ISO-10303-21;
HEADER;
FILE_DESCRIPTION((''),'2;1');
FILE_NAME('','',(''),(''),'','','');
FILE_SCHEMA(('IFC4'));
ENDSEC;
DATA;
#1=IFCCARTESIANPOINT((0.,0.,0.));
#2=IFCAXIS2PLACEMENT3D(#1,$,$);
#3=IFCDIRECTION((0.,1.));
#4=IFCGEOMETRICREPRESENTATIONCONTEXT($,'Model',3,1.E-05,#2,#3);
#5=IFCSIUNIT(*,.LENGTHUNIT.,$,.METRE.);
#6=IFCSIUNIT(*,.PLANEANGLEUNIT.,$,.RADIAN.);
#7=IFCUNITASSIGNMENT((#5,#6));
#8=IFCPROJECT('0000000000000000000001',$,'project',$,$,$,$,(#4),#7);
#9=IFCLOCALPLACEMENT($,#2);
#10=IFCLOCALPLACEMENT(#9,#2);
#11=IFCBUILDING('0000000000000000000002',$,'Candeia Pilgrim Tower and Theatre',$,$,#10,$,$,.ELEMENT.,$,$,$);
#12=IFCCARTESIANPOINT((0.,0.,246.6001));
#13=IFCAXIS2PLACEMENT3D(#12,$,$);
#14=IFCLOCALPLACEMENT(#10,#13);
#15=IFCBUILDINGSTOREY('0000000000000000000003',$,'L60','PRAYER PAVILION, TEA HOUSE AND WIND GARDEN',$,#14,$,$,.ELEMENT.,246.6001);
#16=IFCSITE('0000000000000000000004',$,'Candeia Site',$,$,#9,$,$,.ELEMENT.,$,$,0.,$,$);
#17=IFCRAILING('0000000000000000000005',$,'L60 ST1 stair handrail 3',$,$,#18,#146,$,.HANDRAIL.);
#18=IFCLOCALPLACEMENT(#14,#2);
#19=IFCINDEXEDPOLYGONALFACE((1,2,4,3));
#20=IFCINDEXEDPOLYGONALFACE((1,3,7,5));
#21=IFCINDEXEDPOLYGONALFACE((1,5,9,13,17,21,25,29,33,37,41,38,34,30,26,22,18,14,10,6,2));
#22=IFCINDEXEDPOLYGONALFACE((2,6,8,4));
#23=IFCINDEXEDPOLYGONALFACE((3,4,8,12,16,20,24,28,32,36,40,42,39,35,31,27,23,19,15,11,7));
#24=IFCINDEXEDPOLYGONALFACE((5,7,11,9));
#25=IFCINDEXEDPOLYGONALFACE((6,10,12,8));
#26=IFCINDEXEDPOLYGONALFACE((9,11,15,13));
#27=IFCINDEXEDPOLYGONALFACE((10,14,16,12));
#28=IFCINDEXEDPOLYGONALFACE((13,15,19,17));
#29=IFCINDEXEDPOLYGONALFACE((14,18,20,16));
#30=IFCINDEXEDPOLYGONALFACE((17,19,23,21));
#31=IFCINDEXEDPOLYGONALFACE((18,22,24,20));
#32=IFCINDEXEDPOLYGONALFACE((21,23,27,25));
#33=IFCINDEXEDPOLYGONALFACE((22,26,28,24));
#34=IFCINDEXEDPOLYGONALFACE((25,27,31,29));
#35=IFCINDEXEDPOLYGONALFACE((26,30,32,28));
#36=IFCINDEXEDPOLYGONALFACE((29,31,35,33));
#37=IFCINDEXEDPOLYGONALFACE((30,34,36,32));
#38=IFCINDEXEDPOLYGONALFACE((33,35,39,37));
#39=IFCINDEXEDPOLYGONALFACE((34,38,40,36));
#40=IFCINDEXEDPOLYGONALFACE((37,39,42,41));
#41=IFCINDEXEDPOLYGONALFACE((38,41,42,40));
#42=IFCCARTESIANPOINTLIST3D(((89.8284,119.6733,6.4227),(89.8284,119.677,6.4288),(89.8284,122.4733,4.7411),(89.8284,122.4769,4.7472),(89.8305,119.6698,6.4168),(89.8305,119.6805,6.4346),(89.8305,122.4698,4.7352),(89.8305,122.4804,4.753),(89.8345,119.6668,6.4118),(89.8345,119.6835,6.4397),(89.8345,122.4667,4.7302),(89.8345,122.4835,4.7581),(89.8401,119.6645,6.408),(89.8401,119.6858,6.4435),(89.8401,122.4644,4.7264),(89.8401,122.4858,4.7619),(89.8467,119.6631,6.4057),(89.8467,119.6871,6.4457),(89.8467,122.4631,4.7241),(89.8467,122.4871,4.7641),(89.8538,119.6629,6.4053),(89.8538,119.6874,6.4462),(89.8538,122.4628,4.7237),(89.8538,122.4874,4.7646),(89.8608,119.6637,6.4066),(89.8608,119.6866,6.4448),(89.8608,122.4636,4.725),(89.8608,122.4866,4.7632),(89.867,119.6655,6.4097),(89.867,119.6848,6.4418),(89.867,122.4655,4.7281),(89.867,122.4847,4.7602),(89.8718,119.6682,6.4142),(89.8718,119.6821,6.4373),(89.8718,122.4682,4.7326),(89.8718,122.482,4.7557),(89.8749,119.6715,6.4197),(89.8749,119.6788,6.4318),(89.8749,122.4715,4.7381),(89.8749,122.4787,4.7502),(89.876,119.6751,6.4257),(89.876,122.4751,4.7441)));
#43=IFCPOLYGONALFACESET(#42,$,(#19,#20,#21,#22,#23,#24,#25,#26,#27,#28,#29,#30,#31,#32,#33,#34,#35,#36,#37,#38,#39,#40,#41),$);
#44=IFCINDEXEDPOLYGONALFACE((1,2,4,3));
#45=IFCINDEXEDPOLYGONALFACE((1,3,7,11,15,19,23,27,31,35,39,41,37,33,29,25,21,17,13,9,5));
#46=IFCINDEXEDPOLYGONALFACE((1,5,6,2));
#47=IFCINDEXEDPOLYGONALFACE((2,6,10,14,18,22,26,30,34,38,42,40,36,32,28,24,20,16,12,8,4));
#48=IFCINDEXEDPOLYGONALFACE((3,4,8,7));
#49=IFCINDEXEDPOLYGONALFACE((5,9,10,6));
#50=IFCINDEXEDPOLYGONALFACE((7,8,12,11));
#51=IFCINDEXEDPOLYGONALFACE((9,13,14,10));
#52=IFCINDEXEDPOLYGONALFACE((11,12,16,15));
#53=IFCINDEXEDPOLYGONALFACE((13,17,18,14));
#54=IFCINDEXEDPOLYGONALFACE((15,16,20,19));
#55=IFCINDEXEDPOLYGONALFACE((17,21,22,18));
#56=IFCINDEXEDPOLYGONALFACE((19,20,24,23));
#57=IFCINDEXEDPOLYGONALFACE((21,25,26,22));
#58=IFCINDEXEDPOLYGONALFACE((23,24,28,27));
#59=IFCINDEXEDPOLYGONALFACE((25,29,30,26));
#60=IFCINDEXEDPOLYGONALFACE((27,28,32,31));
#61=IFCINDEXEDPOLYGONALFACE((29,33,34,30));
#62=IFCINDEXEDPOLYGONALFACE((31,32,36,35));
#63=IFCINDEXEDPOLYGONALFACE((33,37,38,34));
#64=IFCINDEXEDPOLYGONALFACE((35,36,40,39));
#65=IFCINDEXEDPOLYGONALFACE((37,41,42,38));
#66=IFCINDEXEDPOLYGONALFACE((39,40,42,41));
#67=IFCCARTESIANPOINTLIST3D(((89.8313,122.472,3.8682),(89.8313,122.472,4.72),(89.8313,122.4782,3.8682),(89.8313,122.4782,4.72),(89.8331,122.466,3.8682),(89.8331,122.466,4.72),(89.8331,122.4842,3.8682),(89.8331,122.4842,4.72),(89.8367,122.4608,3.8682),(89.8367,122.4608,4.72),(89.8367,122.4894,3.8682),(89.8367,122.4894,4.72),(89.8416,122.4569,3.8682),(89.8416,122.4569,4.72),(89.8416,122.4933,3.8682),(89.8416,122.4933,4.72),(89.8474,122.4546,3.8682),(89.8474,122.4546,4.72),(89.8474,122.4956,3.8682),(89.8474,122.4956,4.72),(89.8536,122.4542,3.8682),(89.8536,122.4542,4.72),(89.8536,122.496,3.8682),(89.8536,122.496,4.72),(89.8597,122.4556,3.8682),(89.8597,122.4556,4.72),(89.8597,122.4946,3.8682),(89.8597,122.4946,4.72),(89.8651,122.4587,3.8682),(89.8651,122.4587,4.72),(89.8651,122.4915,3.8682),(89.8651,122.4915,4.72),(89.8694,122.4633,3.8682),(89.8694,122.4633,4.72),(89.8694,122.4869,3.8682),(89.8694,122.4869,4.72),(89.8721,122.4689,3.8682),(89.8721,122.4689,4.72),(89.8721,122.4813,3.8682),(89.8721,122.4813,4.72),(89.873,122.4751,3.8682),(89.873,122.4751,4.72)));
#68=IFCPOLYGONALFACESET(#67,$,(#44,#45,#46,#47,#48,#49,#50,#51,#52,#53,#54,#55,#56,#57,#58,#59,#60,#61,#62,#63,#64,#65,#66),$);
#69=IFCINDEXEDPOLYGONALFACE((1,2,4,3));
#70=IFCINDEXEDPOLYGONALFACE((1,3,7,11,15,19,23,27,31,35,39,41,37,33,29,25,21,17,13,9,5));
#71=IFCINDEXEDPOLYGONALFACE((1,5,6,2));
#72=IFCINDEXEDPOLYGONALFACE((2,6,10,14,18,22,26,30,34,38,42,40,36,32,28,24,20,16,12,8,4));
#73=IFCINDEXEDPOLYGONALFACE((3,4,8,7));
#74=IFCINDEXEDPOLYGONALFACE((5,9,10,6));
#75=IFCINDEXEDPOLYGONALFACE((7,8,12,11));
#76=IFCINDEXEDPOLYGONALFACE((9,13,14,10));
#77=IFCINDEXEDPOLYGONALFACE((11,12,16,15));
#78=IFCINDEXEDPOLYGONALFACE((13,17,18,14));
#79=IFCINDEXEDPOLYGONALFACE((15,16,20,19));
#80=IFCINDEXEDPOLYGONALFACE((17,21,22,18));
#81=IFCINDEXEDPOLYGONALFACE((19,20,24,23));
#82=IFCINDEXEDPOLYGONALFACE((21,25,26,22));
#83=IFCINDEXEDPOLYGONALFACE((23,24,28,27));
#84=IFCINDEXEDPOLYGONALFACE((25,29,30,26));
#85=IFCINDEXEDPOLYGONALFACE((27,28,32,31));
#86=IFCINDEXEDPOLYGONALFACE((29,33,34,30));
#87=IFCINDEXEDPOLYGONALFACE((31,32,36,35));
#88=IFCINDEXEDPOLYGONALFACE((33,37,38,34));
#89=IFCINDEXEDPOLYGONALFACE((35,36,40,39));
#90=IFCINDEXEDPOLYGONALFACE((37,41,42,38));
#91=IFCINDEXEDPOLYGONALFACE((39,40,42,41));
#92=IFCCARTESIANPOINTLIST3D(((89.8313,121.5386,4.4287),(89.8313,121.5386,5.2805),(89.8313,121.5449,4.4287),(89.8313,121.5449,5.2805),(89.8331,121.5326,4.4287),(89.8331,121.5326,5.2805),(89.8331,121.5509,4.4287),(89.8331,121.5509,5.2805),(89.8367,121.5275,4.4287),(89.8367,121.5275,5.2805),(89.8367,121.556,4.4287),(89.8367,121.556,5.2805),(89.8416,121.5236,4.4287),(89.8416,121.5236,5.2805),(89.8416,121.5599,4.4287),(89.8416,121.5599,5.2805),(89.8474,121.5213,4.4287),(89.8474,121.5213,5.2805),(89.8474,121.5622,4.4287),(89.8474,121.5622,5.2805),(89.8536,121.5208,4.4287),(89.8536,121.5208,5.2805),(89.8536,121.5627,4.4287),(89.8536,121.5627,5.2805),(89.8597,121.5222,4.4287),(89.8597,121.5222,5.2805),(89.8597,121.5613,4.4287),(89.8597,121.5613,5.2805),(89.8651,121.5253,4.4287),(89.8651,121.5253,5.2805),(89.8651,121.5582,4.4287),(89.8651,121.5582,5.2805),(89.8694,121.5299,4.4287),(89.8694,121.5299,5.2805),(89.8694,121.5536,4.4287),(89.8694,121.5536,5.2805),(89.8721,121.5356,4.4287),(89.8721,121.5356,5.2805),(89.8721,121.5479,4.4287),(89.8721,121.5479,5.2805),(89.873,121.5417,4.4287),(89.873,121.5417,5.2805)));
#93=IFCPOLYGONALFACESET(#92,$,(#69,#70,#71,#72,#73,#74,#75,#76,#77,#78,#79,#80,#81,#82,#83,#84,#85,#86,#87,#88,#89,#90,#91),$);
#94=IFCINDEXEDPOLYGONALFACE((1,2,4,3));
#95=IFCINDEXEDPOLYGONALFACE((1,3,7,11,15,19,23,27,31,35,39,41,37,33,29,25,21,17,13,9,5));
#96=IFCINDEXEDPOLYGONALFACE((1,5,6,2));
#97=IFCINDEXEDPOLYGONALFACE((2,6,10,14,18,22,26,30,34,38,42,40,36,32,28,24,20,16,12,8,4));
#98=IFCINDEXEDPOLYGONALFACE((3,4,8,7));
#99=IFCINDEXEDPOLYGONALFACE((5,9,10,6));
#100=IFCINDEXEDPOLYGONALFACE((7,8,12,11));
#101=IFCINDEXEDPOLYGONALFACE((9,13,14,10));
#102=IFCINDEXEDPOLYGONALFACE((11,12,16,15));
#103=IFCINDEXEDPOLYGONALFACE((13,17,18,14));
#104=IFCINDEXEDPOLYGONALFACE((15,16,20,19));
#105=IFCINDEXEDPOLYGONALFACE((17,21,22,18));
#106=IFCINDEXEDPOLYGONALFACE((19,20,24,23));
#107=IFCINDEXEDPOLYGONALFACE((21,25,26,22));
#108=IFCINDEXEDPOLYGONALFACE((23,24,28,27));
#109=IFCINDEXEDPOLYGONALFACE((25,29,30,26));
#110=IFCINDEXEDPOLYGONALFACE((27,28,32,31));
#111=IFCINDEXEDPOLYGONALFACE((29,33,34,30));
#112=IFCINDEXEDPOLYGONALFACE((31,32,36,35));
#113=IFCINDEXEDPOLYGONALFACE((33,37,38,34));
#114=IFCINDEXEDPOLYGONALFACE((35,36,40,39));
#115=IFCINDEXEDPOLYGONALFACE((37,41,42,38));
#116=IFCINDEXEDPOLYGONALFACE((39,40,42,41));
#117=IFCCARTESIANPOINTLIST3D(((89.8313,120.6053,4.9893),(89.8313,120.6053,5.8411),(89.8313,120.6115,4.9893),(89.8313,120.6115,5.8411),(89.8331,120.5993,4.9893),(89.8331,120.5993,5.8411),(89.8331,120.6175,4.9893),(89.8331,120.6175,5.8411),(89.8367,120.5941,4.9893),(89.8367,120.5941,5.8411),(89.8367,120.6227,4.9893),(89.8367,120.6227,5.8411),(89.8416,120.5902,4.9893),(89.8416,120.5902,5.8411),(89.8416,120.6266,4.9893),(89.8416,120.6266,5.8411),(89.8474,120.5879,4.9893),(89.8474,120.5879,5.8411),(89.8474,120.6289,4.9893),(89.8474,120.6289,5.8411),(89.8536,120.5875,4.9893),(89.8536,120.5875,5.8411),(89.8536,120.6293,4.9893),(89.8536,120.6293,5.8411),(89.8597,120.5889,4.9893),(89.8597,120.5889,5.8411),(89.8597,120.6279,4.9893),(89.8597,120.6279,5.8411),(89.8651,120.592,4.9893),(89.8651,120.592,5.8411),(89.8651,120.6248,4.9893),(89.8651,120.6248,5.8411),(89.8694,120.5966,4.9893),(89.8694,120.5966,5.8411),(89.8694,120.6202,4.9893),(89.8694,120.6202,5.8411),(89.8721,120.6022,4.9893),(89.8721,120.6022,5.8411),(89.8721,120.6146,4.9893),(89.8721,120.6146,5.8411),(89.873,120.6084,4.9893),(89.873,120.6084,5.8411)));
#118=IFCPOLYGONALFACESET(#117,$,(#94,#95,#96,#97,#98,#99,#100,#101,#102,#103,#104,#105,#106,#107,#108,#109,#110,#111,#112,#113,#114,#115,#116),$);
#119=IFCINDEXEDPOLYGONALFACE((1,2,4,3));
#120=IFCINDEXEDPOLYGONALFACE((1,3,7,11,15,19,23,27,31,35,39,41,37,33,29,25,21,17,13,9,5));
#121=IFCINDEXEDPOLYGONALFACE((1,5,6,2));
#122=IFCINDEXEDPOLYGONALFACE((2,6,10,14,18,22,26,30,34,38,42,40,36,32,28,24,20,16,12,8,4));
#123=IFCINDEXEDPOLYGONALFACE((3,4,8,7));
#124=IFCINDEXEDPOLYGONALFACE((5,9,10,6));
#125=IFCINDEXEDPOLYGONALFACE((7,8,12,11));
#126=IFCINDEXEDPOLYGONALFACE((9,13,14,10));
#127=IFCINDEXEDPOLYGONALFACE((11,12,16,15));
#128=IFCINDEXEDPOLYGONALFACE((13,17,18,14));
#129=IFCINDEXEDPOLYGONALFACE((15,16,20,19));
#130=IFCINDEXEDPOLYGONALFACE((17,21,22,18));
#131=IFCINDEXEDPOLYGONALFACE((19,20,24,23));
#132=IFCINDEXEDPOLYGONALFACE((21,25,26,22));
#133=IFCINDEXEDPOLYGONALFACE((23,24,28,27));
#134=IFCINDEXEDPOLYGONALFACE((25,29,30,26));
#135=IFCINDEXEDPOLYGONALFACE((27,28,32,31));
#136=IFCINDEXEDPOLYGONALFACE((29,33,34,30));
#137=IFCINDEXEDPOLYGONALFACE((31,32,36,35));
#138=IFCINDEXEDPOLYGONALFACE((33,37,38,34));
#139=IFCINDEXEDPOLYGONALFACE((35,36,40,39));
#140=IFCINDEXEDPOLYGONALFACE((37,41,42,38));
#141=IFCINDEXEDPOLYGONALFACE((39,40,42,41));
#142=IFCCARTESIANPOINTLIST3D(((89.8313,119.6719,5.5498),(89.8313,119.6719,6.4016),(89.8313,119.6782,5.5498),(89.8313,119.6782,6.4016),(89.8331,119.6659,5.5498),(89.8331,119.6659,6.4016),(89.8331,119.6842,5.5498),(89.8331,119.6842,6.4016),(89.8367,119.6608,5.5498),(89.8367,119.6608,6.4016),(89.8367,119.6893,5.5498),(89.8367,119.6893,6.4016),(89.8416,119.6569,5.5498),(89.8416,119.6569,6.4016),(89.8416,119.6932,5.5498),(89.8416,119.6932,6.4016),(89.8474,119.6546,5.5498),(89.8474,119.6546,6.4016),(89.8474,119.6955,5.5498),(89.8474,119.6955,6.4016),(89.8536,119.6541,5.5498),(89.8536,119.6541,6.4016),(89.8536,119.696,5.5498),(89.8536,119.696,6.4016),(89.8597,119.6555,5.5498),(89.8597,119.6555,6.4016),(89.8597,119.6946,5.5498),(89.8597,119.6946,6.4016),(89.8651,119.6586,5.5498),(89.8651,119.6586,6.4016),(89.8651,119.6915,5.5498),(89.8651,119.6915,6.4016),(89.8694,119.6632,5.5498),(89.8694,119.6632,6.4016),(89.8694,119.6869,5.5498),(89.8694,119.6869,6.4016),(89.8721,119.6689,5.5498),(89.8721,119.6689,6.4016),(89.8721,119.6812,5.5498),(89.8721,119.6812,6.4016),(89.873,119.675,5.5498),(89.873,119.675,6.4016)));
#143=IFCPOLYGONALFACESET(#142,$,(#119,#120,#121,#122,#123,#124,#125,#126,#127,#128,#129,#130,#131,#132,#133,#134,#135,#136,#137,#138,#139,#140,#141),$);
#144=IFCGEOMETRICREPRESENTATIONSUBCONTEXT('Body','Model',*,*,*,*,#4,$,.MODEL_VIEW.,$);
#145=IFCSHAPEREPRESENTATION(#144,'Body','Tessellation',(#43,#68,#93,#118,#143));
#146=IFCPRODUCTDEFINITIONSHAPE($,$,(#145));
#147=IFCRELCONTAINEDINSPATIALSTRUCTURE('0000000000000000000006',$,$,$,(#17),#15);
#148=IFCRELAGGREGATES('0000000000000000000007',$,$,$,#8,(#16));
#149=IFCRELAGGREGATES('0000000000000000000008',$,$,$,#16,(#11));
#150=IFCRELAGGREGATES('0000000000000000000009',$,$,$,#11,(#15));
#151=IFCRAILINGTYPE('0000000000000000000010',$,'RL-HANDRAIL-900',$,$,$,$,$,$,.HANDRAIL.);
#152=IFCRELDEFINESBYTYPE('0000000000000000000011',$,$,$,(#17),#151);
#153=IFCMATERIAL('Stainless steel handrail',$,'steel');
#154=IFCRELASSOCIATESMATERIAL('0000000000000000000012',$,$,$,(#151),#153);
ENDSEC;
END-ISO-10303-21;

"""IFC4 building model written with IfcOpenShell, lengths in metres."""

from ifc_helpers import new_model, si_unit, direction, frame, origin, origin_2d, place, context, subcontext, project, spatial, circle, extrude, material, type_object, element, save


model = new_model("IFC4")

# Units and contexts
model_context = context("Model", 3, precision=1e-05, world=origin(), true_north=direction((0.0, 1.0)))
body_context = subcontext(model_context, "Body", "Model", "MODEL_VIEW")
ifc_project = project(units=[si_unit("LENGTHUNIT", "METRE"), si_unit("PLANEANGLEUNIT", "RADIAN")], contexts=[model_context])

# Site, building, storey
site_placement = place(None, origin())
site = spatial("IfcSite", under=ifc_project, at=site_placement, Name="Candeia Site", CompositionType="ELEMENT", RefElevation=0.0)
building_placement = place(site_placement, origin())
building = spatial("IfcBuilding", under=site, at=building_placement, Name="Candeia Pilgrim Tower and Theatre", CompositionType="ELEMENT")
storey_placement = place(building_placement, frame((0.0, 0.0, 246.6001)))
storey = spatial("IfcBuildingStorey", under=building, at=storey_placement, Name="L60", Description="PRAYER PAVILION, TEA HOUSE AND WIND GARDEN", CompositionType="ELEMENT", Elevation=246.6001)

# Railing
ifc_material_1 = material(Name="Stainless steel handrail", Category="steel")
railing_type_1 = type_object("IfcRailingType", Name="RL-HANDRAIL-900", PredefinedType="HANDRAIL", material=ifc_material_1)
railing_1_placement = place(storey_placement, frame((89.8521, 122.4751, 3.8682)))
element("IfcRailing", 1, at=railing_1_placement, inside=storey, type_object=railing_type_1, Name="L60 ST1 stair handrail 3", PredefinedType="HANDRAIL", context=body_context, shape_type="SweptSolid", body=[
    extrude(circle(Radius=0.0239, at=origin_2d()), frame((0.0, 0.0, 0.876), z_axis=(0.0, -0.857275, 0.514858), x_axis=(1.0, 0.0, 0.0)), (0.0, 0.0, 1.0), 3.2661),
    extrude(circle(Radius=0.021, at=origin_2d()), origin(), (0.0, 0.0, 1.0), 0.8518),
    extrude(circle(Radius=0.021, at=origin_2d()), frame((0.0, -0.9333, 0.5605)), (0.0, 0.0, 1.0), 0.8518),
    extrude(circle(Radius=0.021, at=origin_2d()), frame((0.0, -1.8667, 1.1211)), (0.0, 0.0, 1.0), 0.8518),
    extrude(circle(Radius=0.021, at=origin_2d()), frame((0.0, -2.8, 1.6816)), (0.0, 0.0, 1.0), 0.8518),
])

save(model, "model.ifc")
